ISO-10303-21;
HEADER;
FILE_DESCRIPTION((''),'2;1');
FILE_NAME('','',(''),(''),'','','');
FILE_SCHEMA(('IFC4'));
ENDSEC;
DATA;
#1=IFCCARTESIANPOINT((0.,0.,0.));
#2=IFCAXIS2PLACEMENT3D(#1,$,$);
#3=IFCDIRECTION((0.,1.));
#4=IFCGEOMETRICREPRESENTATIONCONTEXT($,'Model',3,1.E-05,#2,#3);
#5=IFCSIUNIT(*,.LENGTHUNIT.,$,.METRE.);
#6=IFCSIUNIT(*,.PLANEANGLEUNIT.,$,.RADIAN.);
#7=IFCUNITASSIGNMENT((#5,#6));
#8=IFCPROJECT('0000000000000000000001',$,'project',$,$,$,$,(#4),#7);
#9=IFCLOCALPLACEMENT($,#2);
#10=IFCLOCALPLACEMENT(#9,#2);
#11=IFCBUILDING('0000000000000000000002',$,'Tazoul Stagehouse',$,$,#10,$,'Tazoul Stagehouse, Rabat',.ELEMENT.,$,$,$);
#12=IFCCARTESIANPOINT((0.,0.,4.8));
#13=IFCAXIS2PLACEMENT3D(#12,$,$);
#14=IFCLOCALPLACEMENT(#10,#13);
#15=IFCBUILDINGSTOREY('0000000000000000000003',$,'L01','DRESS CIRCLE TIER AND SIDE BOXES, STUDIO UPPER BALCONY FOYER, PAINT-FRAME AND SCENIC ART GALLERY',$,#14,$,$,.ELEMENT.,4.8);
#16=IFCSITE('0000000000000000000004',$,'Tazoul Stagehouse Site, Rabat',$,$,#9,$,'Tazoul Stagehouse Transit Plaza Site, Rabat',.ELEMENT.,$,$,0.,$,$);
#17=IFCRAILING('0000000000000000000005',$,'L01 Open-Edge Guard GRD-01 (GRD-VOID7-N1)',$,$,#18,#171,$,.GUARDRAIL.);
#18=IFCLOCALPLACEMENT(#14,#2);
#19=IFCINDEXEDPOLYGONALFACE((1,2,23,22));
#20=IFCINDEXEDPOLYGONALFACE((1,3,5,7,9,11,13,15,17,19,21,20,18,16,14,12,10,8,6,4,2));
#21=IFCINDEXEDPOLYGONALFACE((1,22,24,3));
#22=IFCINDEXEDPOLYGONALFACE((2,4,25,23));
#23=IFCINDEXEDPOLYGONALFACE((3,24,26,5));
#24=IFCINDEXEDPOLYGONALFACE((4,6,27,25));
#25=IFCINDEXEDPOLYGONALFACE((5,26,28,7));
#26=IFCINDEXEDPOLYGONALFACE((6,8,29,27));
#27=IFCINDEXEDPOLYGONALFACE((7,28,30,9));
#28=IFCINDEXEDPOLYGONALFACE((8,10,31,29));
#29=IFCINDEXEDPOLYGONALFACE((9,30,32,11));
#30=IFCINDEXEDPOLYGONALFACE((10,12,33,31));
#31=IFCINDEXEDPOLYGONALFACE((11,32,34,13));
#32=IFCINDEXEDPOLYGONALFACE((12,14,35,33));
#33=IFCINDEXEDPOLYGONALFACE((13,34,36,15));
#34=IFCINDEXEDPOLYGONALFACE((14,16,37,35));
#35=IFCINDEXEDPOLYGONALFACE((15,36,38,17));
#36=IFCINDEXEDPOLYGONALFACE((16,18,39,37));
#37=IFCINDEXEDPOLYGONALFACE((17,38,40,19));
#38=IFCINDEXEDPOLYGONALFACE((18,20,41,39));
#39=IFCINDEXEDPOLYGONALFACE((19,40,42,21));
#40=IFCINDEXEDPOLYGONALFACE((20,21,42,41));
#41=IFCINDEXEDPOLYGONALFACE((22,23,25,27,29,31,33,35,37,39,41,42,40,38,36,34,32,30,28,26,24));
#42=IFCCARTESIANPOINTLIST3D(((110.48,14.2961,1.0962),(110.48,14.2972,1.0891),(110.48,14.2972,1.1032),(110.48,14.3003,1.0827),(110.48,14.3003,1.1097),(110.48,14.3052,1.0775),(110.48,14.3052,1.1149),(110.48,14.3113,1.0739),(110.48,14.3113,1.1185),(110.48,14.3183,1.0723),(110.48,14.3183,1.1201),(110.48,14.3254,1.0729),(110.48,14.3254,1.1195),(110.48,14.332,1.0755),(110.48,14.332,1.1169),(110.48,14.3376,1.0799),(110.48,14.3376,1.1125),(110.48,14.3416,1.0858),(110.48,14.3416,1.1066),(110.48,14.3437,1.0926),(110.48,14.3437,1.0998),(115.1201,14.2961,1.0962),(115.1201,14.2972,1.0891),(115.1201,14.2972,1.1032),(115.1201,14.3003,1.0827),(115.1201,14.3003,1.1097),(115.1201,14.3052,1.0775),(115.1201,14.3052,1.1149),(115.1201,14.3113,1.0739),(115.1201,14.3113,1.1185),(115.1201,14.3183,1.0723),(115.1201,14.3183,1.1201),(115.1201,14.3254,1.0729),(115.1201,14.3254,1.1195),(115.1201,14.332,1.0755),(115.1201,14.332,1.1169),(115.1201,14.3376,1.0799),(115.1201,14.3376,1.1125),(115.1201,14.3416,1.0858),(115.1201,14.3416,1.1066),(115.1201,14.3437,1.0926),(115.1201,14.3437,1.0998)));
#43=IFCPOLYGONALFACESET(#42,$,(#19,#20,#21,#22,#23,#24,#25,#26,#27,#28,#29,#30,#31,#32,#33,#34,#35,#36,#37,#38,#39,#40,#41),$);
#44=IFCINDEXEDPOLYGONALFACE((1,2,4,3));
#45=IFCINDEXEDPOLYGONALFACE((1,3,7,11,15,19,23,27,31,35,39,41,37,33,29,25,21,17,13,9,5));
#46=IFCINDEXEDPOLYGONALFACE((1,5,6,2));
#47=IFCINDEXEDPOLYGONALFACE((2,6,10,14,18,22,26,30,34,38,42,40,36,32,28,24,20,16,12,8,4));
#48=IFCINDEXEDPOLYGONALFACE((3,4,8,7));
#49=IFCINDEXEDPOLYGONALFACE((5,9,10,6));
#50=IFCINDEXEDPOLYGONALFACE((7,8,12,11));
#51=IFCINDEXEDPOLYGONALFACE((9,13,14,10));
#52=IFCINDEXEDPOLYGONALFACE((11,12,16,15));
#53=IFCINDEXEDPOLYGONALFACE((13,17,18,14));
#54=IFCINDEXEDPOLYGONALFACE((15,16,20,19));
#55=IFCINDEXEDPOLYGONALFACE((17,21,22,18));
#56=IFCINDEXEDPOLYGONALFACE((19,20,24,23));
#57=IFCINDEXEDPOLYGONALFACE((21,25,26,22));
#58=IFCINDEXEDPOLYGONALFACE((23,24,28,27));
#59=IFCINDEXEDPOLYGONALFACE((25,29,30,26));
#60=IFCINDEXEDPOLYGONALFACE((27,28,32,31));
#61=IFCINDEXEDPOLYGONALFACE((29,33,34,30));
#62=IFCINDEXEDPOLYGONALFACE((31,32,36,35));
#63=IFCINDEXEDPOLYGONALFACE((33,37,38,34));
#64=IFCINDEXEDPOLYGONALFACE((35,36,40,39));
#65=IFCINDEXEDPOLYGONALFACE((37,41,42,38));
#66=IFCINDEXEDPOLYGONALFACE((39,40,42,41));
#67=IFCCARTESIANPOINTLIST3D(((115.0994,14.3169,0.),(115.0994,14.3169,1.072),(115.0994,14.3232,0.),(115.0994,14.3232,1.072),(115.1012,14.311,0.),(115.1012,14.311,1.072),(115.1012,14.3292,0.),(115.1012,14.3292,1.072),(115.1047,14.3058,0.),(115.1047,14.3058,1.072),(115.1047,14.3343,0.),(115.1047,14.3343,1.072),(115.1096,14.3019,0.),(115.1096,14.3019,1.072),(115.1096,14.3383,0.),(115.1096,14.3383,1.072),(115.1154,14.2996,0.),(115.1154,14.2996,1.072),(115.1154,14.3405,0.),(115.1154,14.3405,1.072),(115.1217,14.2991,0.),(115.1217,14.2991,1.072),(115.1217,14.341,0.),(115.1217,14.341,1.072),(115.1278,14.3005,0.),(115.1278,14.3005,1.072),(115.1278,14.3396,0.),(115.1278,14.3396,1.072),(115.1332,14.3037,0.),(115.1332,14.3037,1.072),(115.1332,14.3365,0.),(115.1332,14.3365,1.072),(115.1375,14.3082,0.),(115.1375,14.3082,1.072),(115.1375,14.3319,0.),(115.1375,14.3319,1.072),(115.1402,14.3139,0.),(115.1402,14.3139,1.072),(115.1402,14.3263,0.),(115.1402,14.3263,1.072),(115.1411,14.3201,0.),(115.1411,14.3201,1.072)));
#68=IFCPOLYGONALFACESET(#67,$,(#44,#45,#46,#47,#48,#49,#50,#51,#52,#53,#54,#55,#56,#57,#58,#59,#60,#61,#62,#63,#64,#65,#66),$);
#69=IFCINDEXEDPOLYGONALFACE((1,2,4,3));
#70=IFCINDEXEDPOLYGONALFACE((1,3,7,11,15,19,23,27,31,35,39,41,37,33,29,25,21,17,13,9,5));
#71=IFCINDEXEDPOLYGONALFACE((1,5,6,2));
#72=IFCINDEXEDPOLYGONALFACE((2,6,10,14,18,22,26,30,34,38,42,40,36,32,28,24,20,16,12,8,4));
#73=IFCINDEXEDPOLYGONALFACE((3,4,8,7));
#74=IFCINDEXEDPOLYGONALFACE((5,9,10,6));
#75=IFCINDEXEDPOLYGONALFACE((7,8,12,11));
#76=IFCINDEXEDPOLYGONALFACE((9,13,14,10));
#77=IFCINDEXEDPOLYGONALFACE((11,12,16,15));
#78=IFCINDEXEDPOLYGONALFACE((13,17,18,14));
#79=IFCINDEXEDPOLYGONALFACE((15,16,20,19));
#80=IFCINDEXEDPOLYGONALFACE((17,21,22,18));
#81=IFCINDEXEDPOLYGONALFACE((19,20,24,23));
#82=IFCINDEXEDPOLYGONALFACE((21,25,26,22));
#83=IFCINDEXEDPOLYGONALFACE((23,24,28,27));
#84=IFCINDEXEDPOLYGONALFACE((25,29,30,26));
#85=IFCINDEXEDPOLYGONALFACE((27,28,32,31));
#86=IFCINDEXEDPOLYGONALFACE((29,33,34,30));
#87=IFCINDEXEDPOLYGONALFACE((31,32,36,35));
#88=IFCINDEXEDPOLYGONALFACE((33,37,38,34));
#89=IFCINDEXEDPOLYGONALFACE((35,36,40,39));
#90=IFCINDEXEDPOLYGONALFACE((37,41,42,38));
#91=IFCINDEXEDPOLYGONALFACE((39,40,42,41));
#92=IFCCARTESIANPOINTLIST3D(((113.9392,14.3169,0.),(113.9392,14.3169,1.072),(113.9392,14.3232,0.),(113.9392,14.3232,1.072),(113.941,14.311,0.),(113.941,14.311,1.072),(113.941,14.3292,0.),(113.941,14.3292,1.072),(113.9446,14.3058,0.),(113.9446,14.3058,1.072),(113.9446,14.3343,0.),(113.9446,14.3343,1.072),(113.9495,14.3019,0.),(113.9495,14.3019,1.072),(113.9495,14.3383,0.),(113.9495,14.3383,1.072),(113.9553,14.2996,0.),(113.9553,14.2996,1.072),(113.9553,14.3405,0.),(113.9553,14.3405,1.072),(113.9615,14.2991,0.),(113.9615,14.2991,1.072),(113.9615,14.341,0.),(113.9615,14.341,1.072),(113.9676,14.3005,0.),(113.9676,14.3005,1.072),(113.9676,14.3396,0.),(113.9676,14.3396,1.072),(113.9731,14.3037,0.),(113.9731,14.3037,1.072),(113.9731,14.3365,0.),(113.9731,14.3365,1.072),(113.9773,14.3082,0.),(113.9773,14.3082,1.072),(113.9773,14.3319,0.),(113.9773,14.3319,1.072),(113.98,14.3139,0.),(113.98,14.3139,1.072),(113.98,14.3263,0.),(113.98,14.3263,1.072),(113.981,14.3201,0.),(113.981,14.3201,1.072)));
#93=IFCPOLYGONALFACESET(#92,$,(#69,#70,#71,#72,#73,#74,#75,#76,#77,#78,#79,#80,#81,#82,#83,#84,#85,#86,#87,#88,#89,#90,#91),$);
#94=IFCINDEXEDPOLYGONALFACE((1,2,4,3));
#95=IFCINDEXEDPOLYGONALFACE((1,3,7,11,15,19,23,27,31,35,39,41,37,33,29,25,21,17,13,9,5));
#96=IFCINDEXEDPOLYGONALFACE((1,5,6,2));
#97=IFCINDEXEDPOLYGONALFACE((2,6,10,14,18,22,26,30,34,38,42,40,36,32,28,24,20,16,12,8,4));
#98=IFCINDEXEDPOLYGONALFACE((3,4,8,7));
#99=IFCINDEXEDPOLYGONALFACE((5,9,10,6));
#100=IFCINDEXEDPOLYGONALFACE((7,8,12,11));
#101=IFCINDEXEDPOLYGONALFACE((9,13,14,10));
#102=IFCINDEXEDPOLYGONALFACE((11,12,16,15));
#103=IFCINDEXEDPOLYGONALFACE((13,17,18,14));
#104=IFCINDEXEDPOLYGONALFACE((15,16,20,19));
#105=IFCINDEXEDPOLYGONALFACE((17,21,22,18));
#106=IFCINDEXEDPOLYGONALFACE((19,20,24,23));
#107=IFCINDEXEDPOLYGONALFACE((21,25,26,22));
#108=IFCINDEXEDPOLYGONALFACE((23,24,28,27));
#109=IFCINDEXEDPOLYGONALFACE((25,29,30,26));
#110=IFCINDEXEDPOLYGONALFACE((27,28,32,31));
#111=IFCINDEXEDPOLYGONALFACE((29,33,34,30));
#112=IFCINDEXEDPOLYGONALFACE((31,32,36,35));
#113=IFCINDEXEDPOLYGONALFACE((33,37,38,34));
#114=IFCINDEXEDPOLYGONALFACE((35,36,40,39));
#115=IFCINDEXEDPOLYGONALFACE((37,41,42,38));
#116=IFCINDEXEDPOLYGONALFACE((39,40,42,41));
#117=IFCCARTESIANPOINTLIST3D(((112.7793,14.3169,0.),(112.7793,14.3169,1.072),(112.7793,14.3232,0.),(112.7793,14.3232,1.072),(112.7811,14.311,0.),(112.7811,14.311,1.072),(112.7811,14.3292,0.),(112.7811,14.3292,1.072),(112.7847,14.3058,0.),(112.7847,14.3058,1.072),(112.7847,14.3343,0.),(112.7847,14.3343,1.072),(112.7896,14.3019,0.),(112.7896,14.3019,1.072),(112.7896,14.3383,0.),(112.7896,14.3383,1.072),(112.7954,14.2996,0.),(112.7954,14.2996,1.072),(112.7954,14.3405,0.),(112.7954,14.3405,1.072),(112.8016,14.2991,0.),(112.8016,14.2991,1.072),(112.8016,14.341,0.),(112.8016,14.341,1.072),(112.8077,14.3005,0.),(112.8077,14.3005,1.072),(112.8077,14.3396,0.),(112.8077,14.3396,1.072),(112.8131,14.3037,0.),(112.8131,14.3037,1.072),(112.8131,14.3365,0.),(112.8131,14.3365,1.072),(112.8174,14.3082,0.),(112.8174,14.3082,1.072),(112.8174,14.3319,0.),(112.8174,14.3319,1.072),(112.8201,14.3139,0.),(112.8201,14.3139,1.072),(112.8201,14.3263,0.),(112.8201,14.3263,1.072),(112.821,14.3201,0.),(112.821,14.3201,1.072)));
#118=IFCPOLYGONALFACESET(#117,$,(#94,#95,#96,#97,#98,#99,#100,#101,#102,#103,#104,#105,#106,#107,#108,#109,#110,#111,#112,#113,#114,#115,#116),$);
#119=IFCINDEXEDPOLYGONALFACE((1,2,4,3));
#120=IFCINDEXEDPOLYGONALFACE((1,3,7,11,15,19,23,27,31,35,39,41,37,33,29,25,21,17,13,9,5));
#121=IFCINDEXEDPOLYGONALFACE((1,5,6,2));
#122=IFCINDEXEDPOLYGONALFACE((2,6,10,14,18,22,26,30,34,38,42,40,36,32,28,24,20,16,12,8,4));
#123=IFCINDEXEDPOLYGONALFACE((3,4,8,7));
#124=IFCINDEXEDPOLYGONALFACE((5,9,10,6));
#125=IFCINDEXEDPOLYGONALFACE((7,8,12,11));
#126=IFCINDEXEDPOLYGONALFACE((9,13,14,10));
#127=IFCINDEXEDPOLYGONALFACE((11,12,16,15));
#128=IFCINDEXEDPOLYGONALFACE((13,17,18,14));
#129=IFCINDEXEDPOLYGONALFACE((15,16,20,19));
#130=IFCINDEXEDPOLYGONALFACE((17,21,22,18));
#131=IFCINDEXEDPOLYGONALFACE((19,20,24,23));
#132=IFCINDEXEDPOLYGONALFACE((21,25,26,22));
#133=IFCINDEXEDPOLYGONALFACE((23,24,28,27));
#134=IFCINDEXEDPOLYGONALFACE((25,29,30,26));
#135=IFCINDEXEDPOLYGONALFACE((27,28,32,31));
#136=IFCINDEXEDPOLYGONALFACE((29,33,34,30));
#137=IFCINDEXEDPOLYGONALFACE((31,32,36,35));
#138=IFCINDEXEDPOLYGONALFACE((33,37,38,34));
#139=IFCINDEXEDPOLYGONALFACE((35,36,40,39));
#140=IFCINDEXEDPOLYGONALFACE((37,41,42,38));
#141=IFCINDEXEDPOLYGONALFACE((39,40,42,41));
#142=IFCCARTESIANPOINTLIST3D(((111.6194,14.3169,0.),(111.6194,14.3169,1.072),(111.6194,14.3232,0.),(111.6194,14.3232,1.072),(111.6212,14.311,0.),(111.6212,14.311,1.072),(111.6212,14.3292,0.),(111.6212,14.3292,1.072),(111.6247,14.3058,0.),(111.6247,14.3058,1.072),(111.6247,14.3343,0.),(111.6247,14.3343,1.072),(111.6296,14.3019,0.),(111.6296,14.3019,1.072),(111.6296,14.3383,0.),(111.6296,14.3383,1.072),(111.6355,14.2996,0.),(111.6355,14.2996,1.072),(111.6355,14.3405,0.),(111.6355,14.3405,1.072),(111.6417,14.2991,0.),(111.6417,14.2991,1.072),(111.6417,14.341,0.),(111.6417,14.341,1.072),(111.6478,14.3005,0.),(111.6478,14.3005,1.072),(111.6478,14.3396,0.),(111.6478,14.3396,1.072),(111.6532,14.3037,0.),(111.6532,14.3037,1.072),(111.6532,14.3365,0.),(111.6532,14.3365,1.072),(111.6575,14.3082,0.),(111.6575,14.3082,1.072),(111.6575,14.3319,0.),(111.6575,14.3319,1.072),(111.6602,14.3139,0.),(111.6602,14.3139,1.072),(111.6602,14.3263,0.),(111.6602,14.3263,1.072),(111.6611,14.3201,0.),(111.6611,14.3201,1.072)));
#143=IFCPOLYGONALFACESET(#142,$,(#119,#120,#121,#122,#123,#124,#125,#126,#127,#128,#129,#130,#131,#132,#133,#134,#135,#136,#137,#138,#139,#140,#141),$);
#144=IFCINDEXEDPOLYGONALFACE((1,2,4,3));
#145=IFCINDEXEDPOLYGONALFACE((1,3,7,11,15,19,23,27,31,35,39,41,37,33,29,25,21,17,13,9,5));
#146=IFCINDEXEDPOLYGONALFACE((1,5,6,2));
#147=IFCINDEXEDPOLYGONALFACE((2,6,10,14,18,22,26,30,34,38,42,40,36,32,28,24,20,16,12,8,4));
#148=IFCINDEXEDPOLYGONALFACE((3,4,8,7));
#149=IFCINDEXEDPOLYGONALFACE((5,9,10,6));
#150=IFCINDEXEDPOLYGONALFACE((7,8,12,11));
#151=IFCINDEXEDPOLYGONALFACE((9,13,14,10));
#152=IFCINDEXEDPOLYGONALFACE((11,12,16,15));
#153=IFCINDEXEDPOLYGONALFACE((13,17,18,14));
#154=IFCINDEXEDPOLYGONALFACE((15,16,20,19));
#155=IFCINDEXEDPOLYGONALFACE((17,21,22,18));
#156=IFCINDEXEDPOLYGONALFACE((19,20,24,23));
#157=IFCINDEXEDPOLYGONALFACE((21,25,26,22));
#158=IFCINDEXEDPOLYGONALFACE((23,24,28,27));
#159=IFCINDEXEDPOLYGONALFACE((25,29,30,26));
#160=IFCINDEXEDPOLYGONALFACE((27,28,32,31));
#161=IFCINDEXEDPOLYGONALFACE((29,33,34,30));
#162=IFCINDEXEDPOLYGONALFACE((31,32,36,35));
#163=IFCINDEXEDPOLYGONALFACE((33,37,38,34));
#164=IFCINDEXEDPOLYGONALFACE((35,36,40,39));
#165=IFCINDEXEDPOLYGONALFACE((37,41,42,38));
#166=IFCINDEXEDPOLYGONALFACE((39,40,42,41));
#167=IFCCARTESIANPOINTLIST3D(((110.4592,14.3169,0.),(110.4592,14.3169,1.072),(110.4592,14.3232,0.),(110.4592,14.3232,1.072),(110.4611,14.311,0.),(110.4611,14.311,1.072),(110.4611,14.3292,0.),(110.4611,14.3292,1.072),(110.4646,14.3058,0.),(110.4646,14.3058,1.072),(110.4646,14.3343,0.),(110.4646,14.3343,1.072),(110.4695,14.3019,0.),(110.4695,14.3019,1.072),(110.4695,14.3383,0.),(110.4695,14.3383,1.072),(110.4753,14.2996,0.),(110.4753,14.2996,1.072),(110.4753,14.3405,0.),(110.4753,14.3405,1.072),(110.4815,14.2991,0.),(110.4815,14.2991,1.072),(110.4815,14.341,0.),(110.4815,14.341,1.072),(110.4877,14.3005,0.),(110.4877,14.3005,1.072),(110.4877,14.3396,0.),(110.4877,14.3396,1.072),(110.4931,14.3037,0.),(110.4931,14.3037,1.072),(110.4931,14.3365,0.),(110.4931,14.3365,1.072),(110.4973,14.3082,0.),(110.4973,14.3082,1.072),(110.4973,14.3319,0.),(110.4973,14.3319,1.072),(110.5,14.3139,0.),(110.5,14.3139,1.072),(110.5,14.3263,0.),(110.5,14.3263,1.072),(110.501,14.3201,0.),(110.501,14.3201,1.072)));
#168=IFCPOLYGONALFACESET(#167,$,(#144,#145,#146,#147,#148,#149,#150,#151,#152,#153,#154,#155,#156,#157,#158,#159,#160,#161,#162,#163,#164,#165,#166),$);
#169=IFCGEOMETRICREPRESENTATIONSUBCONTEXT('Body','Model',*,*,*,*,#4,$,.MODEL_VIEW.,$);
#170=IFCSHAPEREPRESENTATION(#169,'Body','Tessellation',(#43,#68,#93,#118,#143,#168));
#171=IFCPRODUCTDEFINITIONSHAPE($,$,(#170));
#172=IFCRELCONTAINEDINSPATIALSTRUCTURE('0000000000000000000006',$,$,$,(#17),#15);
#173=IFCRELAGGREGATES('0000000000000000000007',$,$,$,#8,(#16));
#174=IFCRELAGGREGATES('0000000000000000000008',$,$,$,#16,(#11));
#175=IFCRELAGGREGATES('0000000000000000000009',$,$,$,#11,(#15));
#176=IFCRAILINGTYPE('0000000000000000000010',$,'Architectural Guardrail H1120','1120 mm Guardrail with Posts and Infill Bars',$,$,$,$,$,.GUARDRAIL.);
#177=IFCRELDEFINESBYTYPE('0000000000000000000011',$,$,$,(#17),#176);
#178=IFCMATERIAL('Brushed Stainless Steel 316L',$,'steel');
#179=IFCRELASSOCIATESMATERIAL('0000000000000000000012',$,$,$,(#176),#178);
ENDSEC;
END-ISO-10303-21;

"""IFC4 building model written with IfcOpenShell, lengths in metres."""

from ifc_helpers import new_model, si_unit, direction, frame, origin, origin_2d, place, context, subcontext, project, spatial, circle, extrude, material, material_profile, profile_set, type_object, element, save


model = new_model("IFC4")

# Units and contexts
model_context = context("Model", 3, precision=1e-05, world=origin(), true_north=direction((0.0, 1.0)))
body_context = subcontext(model_context, "Body", "Model", "MODEL_VIEW")
ifc_project = project(units=[si_unit("LENGTHUNIT", "METRE"), si_unit("PLANEANGLEUNIT", "RADIAN")], contexts=[model_context])

# Site, building, storey
site_placement = place(None, origin())
site = spatial("IfcSite", under=ifc_project, at=site_placement, Name="Tazoul Stagehouse Site, Rabat", LongName="Tazoul Stagehouse Transit Plaza Site, Rabat", CompositionType="ELEMENT", RefElevation=0.0)
building_placement = place(site_placement, origin())
building = spatial("IfcBuilding", under=site, at=building_placement, Name="Tazoul Stagehouse", LongName="Tazoul Stagehouse, Rabat", CompositionType="ELEMENT")
storey_placement = place(building_placement, frame((0.0, 0.0, 4.8)))
storey = spatial("IfcBuildingStorey", under=building, at=storey_placement, Name="L01", Description="DRESS CIRCLE TIER AND SIDE BOXES, STUDIO UPPER BALCONY FOYER, PAINT-FRAME AND SCENIC ART GALLERY", CompositionType="ELEMENT", Elevation=4.8)

# Railing
ifc_material_1 = material(Name="Brushed Stainless Steel 316L", Category="steel")
ifc_material_profile_1 = material_profile(ifc_material_1, circle(Radius=0.0239, at=origin_2d()), Name="SS RAIL D48")
ifc_profile_set_1 = profile_set([ifc_material_profile_1], Name="Brushed Stainless Steel 316L")
railing_type = type_object("IfcRailingType", Name="Architectural Guardrail H1120", Description="1120 mm Guardrail with Posts and Infill Bars", PredefinedType="GUARDRAIL", material=ifc_profile_set_1)
railing_1_placement = place(storey_placement, frame((115.1201, 14.3201, 0.0)))
element("IfcRailing", 1, at=railing_1_placement, inside=storey, type_object=railing_type, Name="L01 Open-Edge Guard GRD-01 (GRD-VOID7-N1)", PredefinedType="GUARDRAIL", context=body_context, shape_type="SweptSolid", body=[
    extrude(circle(Radius=0.0239, at=origin_2d()), frame((0.0, 0.0, 1.0962), z_axis=(-1.0, 0.0, 0.0), x_axis=(0.0, -1.0, 0.0)), (0.0, 0.0, 1.0), 4.6401),
    extrude(circle(Radius=0.021, at=origin_2d()), origin(), (0.0, 0.0, 1.0), 1.072),
    extrude(circle(Radius=0.021, at=origin_2d()), frame((-1.1602, 0.0, 0.0)), (0.0, 0.0, 1.0), 1.072),
    extrude(circle(Radius=0.021, at=origin_2d()), frame((-2.3201, 0.0, 0.0)), (0.0, 0.0, 1.0), 1.072),
    extrude(circle(Radius=0.021, at=origin_2d()), frame((-3.48, 0.0, 0.0)), (0.0, 0.0, 1.0), 1.072),
    extrude(circle(Radius=0.021, at=origin_2d()), frame((-4.6401, 0.0, 0.0)), (0.0, 0.0, 1.0), 1.072),
])

save(model, "model.ifc")
